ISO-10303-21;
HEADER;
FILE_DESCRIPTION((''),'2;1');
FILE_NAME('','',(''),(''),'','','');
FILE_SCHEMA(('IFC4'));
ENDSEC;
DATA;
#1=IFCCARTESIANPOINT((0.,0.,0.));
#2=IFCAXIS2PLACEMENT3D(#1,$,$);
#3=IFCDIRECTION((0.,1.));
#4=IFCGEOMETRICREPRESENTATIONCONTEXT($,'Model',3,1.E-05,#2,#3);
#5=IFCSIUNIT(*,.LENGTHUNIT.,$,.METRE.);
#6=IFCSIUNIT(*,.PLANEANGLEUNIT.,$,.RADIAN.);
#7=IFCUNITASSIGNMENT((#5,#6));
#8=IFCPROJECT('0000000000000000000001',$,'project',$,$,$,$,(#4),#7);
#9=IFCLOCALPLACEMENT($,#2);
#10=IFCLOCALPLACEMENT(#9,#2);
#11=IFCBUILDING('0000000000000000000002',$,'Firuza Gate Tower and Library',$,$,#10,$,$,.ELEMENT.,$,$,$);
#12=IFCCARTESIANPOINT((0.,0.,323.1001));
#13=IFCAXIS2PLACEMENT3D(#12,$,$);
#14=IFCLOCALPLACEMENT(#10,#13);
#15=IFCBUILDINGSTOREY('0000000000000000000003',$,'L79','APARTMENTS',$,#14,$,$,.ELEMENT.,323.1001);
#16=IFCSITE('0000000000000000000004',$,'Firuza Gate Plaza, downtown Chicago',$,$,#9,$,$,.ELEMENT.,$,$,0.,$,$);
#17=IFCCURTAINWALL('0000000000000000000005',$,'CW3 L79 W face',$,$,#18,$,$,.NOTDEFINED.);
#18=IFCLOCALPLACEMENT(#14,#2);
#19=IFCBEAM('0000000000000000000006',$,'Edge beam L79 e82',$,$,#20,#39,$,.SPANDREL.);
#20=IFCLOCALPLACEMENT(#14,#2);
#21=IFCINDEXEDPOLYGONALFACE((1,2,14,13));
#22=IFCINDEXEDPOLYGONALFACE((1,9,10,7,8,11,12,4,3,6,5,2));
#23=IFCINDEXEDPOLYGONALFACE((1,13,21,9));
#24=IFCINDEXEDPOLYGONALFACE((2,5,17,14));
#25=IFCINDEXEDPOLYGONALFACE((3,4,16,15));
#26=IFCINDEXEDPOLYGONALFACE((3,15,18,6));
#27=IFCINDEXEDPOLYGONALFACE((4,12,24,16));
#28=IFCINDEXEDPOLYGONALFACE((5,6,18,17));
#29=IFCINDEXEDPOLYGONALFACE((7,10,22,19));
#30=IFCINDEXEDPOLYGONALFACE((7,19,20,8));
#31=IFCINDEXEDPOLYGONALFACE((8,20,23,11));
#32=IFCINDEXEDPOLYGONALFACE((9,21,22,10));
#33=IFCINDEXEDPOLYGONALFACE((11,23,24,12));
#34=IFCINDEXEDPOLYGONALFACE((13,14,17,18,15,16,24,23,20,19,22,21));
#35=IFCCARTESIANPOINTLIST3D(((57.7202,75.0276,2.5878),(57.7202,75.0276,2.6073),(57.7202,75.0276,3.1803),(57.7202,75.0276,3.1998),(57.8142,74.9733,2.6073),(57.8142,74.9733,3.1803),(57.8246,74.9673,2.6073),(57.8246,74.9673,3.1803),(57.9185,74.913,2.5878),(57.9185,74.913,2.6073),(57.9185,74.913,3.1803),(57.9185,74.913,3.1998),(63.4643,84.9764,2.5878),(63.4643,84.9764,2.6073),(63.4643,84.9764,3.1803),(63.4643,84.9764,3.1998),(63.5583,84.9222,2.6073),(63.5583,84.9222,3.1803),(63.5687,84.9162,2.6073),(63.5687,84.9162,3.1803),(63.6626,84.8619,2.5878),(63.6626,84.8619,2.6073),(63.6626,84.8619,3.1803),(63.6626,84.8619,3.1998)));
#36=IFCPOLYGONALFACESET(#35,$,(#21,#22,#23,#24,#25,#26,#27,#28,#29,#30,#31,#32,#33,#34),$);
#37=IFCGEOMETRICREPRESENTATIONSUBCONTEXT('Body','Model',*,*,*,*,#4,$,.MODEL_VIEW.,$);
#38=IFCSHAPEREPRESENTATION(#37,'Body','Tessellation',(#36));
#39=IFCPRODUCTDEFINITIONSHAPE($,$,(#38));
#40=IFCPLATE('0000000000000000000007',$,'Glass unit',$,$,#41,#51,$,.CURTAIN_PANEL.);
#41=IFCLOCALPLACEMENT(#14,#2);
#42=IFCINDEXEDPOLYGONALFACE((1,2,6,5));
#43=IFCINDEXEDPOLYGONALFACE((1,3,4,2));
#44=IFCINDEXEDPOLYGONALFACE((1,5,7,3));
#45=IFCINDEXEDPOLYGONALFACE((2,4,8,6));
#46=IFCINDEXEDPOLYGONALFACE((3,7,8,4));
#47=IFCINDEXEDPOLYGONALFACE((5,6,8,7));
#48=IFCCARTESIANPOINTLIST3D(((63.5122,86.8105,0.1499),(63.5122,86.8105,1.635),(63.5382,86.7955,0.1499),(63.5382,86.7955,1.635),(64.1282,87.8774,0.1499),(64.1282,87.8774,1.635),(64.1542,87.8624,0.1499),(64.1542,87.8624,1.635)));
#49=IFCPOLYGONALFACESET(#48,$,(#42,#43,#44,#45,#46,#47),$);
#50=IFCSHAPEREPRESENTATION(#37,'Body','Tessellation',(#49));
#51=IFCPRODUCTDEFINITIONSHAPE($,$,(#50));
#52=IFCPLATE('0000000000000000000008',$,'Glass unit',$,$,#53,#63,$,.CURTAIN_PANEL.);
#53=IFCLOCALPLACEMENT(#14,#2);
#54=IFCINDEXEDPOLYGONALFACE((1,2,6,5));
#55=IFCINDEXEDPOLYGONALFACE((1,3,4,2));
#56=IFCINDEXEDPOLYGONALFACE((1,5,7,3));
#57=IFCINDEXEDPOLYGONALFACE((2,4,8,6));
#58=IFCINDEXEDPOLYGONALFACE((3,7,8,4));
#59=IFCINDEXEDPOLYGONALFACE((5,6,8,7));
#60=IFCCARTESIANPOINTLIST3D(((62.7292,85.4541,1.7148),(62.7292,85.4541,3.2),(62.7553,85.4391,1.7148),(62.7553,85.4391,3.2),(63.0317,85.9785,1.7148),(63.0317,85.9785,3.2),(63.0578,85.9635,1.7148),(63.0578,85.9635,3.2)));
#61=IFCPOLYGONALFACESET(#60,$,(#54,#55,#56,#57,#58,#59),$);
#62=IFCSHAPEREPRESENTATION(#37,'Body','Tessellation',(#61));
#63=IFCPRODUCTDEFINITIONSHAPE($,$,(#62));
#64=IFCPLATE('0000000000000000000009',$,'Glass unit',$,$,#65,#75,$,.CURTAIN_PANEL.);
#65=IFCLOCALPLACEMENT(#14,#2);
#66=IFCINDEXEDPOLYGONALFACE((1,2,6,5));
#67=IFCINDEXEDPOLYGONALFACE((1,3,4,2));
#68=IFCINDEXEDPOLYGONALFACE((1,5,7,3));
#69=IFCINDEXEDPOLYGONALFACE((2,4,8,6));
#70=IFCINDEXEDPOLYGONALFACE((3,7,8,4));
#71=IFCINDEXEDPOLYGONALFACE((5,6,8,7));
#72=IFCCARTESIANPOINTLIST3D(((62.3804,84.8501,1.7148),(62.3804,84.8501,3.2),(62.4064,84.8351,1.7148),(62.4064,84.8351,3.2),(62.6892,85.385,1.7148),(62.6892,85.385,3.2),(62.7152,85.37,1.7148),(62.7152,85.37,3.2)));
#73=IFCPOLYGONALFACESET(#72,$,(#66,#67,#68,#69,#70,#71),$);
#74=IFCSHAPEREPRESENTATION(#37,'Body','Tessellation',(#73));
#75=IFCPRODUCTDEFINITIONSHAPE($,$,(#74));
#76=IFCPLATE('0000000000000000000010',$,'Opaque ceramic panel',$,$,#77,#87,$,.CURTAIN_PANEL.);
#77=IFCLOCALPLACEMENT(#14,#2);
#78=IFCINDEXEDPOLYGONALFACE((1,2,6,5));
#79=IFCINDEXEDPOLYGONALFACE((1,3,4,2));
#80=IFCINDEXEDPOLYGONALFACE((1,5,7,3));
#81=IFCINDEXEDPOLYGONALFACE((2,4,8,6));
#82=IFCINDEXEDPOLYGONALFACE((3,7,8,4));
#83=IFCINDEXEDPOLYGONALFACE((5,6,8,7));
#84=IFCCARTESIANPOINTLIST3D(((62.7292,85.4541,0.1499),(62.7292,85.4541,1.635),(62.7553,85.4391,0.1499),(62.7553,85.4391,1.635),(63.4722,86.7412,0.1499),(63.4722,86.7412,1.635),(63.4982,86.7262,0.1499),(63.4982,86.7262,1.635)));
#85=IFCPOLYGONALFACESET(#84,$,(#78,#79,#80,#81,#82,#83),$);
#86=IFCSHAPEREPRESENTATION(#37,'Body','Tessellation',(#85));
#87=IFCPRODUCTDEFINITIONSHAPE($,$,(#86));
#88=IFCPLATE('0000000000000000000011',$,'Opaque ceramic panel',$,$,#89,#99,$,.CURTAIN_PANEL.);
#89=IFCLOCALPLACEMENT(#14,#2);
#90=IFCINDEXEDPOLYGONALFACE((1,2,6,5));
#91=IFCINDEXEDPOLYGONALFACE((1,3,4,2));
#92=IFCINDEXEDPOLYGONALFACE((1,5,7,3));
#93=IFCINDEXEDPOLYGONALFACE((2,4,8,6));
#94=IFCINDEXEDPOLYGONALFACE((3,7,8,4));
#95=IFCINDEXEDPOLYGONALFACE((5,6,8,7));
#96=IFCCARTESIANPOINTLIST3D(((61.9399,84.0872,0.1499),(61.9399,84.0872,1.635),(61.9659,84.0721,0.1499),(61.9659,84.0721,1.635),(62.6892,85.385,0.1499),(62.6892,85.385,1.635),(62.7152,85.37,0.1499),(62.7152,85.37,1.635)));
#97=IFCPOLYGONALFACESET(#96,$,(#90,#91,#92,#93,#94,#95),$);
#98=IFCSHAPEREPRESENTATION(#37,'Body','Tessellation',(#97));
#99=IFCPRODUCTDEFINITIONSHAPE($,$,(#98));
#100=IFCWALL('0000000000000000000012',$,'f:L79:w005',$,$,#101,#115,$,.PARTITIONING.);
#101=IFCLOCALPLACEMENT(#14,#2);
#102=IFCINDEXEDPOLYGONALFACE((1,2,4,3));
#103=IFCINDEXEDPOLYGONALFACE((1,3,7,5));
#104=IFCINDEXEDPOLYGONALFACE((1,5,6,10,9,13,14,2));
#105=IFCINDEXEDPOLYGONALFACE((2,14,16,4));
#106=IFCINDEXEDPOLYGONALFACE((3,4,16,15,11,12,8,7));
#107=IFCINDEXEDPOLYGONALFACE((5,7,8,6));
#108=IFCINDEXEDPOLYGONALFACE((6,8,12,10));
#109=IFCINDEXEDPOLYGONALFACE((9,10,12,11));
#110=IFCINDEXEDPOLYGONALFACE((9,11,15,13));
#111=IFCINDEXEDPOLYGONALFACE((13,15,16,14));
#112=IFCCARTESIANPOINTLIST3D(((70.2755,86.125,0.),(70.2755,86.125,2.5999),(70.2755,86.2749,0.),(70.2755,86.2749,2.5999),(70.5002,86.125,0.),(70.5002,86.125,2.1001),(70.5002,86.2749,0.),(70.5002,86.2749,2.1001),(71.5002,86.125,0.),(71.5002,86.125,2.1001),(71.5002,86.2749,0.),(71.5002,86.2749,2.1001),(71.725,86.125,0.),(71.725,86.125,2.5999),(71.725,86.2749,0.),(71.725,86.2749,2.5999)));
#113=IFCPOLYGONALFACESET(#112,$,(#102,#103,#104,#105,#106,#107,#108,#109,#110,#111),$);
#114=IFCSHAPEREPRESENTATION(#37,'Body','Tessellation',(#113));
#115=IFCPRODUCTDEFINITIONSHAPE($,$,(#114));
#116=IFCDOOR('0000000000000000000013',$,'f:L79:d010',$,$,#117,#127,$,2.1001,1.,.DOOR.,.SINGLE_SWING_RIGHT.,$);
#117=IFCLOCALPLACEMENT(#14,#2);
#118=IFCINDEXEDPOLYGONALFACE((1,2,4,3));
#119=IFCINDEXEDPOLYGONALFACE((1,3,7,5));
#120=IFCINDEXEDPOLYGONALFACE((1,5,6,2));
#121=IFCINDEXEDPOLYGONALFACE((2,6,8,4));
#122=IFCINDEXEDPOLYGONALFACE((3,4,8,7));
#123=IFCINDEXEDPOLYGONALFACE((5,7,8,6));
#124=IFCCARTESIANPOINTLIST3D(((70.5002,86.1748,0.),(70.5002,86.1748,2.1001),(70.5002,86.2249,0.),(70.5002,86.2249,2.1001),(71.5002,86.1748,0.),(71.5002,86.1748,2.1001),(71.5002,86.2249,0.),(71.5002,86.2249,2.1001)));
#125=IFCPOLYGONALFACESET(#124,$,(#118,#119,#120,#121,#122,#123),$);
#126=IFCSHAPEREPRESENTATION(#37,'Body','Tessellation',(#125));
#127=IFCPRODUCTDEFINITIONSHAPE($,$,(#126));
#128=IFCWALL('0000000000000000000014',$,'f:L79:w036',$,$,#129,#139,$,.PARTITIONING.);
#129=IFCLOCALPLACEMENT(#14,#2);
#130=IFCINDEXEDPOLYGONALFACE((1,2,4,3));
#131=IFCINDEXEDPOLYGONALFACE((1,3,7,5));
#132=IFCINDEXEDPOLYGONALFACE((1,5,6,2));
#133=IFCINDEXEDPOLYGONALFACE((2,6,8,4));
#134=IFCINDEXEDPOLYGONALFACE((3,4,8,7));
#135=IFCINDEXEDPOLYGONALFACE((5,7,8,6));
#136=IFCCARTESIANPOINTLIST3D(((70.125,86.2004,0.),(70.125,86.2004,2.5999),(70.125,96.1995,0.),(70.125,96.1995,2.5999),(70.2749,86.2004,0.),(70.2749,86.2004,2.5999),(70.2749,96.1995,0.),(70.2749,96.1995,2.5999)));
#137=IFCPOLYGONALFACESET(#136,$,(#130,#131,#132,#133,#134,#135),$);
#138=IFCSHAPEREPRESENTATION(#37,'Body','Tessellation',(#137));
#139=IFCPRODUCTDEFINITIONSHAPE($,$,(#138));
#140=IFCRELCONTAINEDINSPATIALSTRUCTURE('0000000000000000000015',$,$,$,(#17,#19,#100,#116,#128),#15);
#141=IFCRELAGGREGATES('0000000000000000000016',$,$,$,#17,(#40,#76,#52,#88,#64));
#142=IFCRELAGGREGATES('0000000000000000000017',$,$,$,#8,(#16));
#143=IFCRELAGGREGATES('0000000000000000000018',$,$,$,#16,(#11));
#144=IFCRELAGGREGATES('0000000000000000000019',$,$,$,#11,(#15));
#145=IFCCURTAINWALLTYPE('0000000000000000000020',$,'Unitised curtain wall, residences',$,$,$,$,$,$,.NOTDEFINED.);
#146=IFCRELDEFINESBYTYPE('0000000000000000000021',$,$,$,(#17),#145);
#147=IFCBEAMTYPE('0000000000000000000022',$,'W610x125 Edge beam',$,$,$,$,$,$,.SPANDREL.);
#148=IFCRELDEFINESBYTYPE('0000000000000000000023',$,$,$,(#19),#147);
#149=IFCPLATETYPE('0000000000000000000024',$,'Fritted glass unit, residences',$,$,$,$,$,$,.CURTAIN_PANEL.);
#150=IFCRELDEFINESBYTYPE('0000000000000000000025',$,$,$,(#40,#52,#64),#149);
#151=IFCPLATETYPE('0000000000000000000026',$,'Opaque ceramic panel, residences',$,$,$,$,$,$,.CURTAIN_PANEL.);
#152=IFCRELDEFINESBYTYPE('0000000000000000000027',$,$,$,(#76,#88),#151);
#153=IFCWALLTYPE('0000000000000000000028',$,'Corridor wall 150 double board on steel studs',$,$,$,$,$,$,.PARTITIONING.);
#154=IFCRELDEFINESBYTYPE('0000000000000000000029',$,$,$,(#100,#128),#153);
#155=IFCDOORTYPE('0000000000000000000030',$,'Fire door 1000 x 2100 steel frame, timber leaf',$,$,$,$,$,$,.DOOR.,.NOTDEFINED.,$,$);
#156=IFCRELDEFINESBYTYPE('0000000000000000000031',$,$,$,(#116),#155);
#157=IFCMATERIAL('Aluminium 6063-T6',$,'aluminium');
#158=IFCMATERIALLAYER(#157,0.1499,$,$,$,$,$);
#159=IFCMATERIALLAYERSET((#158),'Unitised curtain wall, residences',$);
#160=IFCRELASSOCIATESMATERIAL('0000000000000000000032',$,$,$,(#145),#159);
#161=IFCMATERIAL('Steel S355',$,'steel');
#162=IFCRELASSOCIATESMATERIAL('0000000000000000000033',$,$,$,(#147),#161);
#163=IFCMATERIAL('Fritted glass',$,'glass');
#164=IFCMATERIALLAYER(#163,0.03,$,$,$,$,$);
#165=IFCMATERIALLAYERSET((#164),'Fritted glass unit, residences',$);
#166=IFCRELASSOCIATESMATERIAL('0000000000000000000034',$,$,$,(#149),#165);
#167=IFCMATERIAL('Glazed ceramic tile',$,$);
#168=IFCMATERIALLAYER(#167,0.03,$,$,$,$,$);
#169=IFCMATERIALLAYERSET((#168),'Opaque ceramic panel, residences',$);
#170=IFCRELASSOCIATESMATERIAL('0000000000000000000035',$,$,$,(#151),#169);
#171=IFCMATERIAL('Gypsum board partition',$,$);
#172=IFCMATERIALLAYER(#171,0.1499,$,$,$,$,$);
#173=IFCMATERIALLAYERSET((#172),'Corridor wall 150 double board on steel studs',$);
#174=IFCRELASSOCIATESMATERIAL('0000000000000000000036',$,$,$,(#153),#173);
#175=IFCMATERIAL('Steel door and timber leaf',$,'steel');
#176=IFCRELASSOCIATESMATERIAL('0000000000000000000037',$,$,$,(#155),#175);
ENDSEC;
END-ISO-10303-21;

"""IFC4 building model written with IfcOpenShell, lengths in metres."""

from ifc_helpers import new_model, si_unit, direction, frame, frame_2d, origin, origin_2d, place, context, subcontext, project, spatial, polyline, rectangle, i_section, outline, extrude, material, layer, layer_set, material_profile, profile_set, type_object, element, fill, aggregate, save


model = new_model("IFC4")

# Units and contexts
model_context = context("Model", 3, precision=1e-05, world=origin(), true_north=direction((0.0, 1.0)))
body_context = subcontext(model_context, "Body", "Model", "MODEL_VIEW")
ifc_project = project(units=[si_unit("LENGTHUNIT", "METRE"), si_unit("PLANEANGLEUNIT", "RADIAN")], contexts=[model_context])

# Site, building, storey
site_placement = place(None, origin())
site = spatial("IfcSite", under=ifc_project, at=site_placement, Name="Firuza Gate Plaza, downtown Chicago", CompositionType="ELEMENT", RefElevation=0.0)
building_placement = place(site_placement, origin())
building = spatial("IfcBuilding", under=site, at=building_placement, Name="Firuza Gate Tower and Library", CompositionType="ELEMENT")
storey_placement = place(building_placement, frame((0.0, 0.0, 323.1001)))
storey = spatial("IfcBuildingStorey", under=building, at=storey_placement, Name="L79", Description="APARTMENTS", CompositionType="ELEMENT", Elevation=323.1001)

# Curtain wall
ifc_material_1 = material(Name="Aluminium 6063-T6", Category="aluminium")
ifc_layer_1 = layer(ifc_material_1, 0.1499)
ifc_layer_set_1 = layer_set([ifc_layer_1], Name="Unitised curtain wall, residences")
curtain_wall_type = type_object("IfcCurtainWallType", Name="Unitised curtain wall, residences", PredefinedType="NOTDEFINED", material=ifc_layer_set_1)
curtain_wall_placement = place(storey_placement, origin())
curtain_wall = element("IfcCurtainWall", 1, at=curtain_wall_placement, inside=storey, type_object=curtain_wall_type, Name="CW3 L79 W face", PredefinedType="NOTDEFINED")

# Beam
ifc_material_2 = material(Name="Steel S355", Category="steel")
ifc_material_profile_1 = material_profile(ifc_material_2, i_section(OverallWidth=0.229, OverallDepth=0.6121, WebThickness=0.012, FlangeThickness=0.0195, at=origin_2d()))
ifc_profile_set_1 = profile_set([ifc_material_profile_1], Name="Steel S355")
beam_type_1 = type_object("IfcBeamType", Name="W610x125 Edge beam", PredefinedType="SPANDREL", material=ifc_profile_set_1)
beam_1_placement = place(storey_placement, frame((63.5635, 84.9192, 2.8938), z_axis=(-0.500006, -0.866022, 0.0), x_axis=(0.866022, -0.500006, 0.0)))
element("IfcBeam", 2, at=beam_1_placement, inside=storey, type_object=beam_type_1, Name="Edge beam L79 e82", PredefinedType="SPANDREL", context=body_context, shape_type="SweptSolid", body=[
    extrude(i_section(OverallWidth=0.229, OverallDepth=0.6121, WebThickness=0.012, FlangeThickness=0.0195, at=origin_2d()), origin(), (0.0, 0.0, 1.0), 11.488),
])

# Plates
ifc_material_3 = material(Name="Fritted glass", Category="glass")
ifc_layer_2 = layer(ifc_material_3, 0.03)
ifc_layer_set_2 = layer_set([ifc_layer_2], Name="Fritted glass unit, residences")
plate_type_1 = type_object("IfcPlateType", Name="Fritted glass unit, residences", PredefinedType="CURTAIN_PANEL", material=ifc_layer_set_2)
plate_1_placement = place(storey_placement, frame((64.1282, 87.8774, 0.1499), z_axis=(-0.866027, 0.499997, 0.0), x_axis=(-0.499997, -0.866027, 0.0)))
plate_1 = element("IfcPlate", 3, at=plate_1_placement, type_object=plate_type_1, Name="Glass unit", PredefinedType="CURTAIN_PANEL", context=body_context, shape_type="SweptSolid", body=[
    extrude(outline(polyline([(0.0, 0.0), (1.2319, 0.0), (1.2319, 1.4851), (0.0, 1.4851), (0.0, 0.0)])), origin(), (0.0, 0.0, -1.0), 0.03),
])
plate_2_placement = place(storey_placement, frame((63.0317, 85.9785, 1.7148), z_axis=(-0.866226, 0.499653, 0.0), x_axis=(-0.499653, -0.866226, 0.0)))
plate_2 = element("IfcPlate", 4, at=plate_2_placement, type_object=plate_type_1, Name="Glass unit", PredefinedType="CURTAIN_PANEL", context=body_context, shape_type="SweptSolid", body=[
    extrude(outline(polyline([(0.0, 0.0), (0.6054, 0.0), (0.6054, 1.4851), (0.0, 1.4851), (0.0, 0.0)])), origin(), (0.0, 0.0, -1.0), 0.03),
])
plate_3_placement = place(storey_placement, frame((62.6892, 85.385, 1.7148), z_axis=(-0.866021, 0.500008, 0.0), x_axis=(-0.500008, -0.866021, 0.0)))
plate_3 = element("IfcPlate", 5, at=plate_3_placement, type_object=plate_type_1, Name="Glass unit", PredefinedType="CURTAIN_PANEL", context=body_context, shape_type="SweptSolid", body=[
    extrude(outline(polyline([(0.0, 0.0), (0.6177, 0.0), (0.6177, 1.4851), (0.0, 1.4851), (0.0, 0.0)])), origin(), (0.0, 0.0, -1.0), 0.03),
])
ifc_material_4 = material(Name="Glazed ceramic tile")
ifc_layer_3 = layer(ifc_material_4, 0.03)
ifc_layer_set_3 = layer_set([ifc_layer_3], Name="Opaque ceramic panel, residences")
plate_type_2 = type_object("IfcPlateType", Name="Opaque ceramic panel, residences", PredefinedType="CURTAIN_PANEL", material=ifc_layer_set_3)
plate_4_placement = place(storey_placement, frame((63.4722, 86.7412, 0.1499), z_axis=(-0.866082, 0.499903, 0.0), x_axis=(-0.499903, -0.866082, 0.0)))
plate_4 = element("IfcPlate", 6, at=plate_4_placement, type_object=plate_type_2, Name="Opaque ceramic panel", PredefinedType="CURTAIN_PANEL", context=body_context, shape_type="SweptSolid", body=[
    extrude(outline(polyline([(0.0, 0.0), (1.4861, 0.0), (1.4861, 1.4851), (0.0, 1.4851), (0.0, 0.0)])), origin(), (0.0, 0.0, -1.0), 0.03),
])
plate_5_placement = place(storey_placement, frame((62.6892, 85.385, 0.1499), z_axis=(-0.866039, 0.499976, 0.0), x_axis=(-0.499976, -0.866039, 0.0)))
plate_5 = element("IfcPlate", 7, at=plate_5_placement, type_object=plate_type_2, Name="Opaque ceramic panel", PredefinedType="CURTAIN_PANEL", context=body_context, shape_type="SweptSolid", body=[
    extrude(outline(polyline([(0.0, 0.0), (1.4986, 0.0), (1.4986, 1.4851), (0.0, 1.4851), (0.0, 0.0)])), origin(), (0.0, 0.0, -1.0), 0.03),
])
aggregate(curtain_wall, [plate_1, plate_4, plate_2, plate_5, plate_3])

# Wall, opening, door
ifc_material_5 = material(Name="Gypsum board partition")
ifc_layer_4 = layer(ifc_material_5, 0.1499)
ifc_layer_set_4 = layer_set([ifc_layer_4], Name="Corridor wall 150 double board on steel studs")
wall_type = type_object("IfcWallType", Name="Corridor wall 150 double board on steel studs", PredefinedType="PARTITIONING", material=ifc_layer_set_4)
wall_1_placement = place(storey_placement, frame((70.2756, 86.2, 0.0), z_axis=(0.0, 0.0, 1.0), x_axis=(1.0, 0.0, 0.0)))
wall_1 = element("IfcWall", 8, at=wall_1_placement, inside=storey, type_object=wall_type, Name="f:L79:w005", PredefinedType="PARTITIONING", context=body_context, shape_type="SweptSolid", body=[
    extrude(rectangle(XDim=1.4495, YDim=0.1499, at=frame_2d((0.7246, 0.0))), origin(), (0.0, 0.0, 1.0), 2.5999),
])
opening_placement = place(wall_1_placement, frame((0.2246, 0.0, 0.0)))
opening = element("IfcOpeningElement", 9, at=opening_placement, cuts=wall_1, PredefinedType="OPENING", context=body_context, shape_type="SweptSolid", body=[
    extrude(rectangle(XDim=1.0, YDim=2.1001, at=frame_2d((0.5, 1.05))), frame((0.0, 0.085, 0.0), z_axis=(0.0, -1.0, 0.0), x_axis=(1.0, 0.0, 0.0)), (0.0, 0.0, 1.0), 0.1699),
])
ifc_material_6 = material(Name="Steel door and timber leaf", Category="steel")
door_type = type_object("IfcDoorType", Name="Fire door 1000 x 2100 steel frame, timber leaf", OperationType="NOTDEFINED", PredefinedType="DOOR", material=ifc_material_6)
door_placement = place(opening_placement, origin())
door = element("IfcDoor", 10, at=door_placement, inside=storey, type_object=door_type, Name="f:L79:d010", OperationType="SINGLE_SWING_RIGHT", OverallHeight=2.1001, OverallWidth=1.0, PredefinedType="DOOR", context=body_context, shape_type="SweptSolid", body=[
    extrude(rectangle(XDim=1.0, YDim=2.1001, at=frame_2d((0.5, 1.05))), frame((0.0, 0.0249, 0.0), z_axis=(0.0, -1.0, 0.0), x_axis=(1.0, 0.0, 0.0)), (0.0, 0.0, 1.0), 0.05),
])
fill(opening, door)

# Wall
wall_2_placement = place(storey_placement, frame((70.2, 86.2004, 0.0), z_axis=(0.0, 0.0, 1.0), x_axis=(0.0, 1.0, 0.0)))
element("IfcWall", 11, at=wall_2_placement, inside=storey, type_object=wall_type, Name="f:L79:w036", PredefinedType="PARTITIONING", context=body_context, shape_type="SweptSolid", body=[
    extrude(rectangle(XDim=9.999, YDim=0.1499, at=frame_2d((4.9995, 0.0))), origin(), (0.0, 0.0, 1.0), 2.5999),
])

save(model, "model.ifc")
